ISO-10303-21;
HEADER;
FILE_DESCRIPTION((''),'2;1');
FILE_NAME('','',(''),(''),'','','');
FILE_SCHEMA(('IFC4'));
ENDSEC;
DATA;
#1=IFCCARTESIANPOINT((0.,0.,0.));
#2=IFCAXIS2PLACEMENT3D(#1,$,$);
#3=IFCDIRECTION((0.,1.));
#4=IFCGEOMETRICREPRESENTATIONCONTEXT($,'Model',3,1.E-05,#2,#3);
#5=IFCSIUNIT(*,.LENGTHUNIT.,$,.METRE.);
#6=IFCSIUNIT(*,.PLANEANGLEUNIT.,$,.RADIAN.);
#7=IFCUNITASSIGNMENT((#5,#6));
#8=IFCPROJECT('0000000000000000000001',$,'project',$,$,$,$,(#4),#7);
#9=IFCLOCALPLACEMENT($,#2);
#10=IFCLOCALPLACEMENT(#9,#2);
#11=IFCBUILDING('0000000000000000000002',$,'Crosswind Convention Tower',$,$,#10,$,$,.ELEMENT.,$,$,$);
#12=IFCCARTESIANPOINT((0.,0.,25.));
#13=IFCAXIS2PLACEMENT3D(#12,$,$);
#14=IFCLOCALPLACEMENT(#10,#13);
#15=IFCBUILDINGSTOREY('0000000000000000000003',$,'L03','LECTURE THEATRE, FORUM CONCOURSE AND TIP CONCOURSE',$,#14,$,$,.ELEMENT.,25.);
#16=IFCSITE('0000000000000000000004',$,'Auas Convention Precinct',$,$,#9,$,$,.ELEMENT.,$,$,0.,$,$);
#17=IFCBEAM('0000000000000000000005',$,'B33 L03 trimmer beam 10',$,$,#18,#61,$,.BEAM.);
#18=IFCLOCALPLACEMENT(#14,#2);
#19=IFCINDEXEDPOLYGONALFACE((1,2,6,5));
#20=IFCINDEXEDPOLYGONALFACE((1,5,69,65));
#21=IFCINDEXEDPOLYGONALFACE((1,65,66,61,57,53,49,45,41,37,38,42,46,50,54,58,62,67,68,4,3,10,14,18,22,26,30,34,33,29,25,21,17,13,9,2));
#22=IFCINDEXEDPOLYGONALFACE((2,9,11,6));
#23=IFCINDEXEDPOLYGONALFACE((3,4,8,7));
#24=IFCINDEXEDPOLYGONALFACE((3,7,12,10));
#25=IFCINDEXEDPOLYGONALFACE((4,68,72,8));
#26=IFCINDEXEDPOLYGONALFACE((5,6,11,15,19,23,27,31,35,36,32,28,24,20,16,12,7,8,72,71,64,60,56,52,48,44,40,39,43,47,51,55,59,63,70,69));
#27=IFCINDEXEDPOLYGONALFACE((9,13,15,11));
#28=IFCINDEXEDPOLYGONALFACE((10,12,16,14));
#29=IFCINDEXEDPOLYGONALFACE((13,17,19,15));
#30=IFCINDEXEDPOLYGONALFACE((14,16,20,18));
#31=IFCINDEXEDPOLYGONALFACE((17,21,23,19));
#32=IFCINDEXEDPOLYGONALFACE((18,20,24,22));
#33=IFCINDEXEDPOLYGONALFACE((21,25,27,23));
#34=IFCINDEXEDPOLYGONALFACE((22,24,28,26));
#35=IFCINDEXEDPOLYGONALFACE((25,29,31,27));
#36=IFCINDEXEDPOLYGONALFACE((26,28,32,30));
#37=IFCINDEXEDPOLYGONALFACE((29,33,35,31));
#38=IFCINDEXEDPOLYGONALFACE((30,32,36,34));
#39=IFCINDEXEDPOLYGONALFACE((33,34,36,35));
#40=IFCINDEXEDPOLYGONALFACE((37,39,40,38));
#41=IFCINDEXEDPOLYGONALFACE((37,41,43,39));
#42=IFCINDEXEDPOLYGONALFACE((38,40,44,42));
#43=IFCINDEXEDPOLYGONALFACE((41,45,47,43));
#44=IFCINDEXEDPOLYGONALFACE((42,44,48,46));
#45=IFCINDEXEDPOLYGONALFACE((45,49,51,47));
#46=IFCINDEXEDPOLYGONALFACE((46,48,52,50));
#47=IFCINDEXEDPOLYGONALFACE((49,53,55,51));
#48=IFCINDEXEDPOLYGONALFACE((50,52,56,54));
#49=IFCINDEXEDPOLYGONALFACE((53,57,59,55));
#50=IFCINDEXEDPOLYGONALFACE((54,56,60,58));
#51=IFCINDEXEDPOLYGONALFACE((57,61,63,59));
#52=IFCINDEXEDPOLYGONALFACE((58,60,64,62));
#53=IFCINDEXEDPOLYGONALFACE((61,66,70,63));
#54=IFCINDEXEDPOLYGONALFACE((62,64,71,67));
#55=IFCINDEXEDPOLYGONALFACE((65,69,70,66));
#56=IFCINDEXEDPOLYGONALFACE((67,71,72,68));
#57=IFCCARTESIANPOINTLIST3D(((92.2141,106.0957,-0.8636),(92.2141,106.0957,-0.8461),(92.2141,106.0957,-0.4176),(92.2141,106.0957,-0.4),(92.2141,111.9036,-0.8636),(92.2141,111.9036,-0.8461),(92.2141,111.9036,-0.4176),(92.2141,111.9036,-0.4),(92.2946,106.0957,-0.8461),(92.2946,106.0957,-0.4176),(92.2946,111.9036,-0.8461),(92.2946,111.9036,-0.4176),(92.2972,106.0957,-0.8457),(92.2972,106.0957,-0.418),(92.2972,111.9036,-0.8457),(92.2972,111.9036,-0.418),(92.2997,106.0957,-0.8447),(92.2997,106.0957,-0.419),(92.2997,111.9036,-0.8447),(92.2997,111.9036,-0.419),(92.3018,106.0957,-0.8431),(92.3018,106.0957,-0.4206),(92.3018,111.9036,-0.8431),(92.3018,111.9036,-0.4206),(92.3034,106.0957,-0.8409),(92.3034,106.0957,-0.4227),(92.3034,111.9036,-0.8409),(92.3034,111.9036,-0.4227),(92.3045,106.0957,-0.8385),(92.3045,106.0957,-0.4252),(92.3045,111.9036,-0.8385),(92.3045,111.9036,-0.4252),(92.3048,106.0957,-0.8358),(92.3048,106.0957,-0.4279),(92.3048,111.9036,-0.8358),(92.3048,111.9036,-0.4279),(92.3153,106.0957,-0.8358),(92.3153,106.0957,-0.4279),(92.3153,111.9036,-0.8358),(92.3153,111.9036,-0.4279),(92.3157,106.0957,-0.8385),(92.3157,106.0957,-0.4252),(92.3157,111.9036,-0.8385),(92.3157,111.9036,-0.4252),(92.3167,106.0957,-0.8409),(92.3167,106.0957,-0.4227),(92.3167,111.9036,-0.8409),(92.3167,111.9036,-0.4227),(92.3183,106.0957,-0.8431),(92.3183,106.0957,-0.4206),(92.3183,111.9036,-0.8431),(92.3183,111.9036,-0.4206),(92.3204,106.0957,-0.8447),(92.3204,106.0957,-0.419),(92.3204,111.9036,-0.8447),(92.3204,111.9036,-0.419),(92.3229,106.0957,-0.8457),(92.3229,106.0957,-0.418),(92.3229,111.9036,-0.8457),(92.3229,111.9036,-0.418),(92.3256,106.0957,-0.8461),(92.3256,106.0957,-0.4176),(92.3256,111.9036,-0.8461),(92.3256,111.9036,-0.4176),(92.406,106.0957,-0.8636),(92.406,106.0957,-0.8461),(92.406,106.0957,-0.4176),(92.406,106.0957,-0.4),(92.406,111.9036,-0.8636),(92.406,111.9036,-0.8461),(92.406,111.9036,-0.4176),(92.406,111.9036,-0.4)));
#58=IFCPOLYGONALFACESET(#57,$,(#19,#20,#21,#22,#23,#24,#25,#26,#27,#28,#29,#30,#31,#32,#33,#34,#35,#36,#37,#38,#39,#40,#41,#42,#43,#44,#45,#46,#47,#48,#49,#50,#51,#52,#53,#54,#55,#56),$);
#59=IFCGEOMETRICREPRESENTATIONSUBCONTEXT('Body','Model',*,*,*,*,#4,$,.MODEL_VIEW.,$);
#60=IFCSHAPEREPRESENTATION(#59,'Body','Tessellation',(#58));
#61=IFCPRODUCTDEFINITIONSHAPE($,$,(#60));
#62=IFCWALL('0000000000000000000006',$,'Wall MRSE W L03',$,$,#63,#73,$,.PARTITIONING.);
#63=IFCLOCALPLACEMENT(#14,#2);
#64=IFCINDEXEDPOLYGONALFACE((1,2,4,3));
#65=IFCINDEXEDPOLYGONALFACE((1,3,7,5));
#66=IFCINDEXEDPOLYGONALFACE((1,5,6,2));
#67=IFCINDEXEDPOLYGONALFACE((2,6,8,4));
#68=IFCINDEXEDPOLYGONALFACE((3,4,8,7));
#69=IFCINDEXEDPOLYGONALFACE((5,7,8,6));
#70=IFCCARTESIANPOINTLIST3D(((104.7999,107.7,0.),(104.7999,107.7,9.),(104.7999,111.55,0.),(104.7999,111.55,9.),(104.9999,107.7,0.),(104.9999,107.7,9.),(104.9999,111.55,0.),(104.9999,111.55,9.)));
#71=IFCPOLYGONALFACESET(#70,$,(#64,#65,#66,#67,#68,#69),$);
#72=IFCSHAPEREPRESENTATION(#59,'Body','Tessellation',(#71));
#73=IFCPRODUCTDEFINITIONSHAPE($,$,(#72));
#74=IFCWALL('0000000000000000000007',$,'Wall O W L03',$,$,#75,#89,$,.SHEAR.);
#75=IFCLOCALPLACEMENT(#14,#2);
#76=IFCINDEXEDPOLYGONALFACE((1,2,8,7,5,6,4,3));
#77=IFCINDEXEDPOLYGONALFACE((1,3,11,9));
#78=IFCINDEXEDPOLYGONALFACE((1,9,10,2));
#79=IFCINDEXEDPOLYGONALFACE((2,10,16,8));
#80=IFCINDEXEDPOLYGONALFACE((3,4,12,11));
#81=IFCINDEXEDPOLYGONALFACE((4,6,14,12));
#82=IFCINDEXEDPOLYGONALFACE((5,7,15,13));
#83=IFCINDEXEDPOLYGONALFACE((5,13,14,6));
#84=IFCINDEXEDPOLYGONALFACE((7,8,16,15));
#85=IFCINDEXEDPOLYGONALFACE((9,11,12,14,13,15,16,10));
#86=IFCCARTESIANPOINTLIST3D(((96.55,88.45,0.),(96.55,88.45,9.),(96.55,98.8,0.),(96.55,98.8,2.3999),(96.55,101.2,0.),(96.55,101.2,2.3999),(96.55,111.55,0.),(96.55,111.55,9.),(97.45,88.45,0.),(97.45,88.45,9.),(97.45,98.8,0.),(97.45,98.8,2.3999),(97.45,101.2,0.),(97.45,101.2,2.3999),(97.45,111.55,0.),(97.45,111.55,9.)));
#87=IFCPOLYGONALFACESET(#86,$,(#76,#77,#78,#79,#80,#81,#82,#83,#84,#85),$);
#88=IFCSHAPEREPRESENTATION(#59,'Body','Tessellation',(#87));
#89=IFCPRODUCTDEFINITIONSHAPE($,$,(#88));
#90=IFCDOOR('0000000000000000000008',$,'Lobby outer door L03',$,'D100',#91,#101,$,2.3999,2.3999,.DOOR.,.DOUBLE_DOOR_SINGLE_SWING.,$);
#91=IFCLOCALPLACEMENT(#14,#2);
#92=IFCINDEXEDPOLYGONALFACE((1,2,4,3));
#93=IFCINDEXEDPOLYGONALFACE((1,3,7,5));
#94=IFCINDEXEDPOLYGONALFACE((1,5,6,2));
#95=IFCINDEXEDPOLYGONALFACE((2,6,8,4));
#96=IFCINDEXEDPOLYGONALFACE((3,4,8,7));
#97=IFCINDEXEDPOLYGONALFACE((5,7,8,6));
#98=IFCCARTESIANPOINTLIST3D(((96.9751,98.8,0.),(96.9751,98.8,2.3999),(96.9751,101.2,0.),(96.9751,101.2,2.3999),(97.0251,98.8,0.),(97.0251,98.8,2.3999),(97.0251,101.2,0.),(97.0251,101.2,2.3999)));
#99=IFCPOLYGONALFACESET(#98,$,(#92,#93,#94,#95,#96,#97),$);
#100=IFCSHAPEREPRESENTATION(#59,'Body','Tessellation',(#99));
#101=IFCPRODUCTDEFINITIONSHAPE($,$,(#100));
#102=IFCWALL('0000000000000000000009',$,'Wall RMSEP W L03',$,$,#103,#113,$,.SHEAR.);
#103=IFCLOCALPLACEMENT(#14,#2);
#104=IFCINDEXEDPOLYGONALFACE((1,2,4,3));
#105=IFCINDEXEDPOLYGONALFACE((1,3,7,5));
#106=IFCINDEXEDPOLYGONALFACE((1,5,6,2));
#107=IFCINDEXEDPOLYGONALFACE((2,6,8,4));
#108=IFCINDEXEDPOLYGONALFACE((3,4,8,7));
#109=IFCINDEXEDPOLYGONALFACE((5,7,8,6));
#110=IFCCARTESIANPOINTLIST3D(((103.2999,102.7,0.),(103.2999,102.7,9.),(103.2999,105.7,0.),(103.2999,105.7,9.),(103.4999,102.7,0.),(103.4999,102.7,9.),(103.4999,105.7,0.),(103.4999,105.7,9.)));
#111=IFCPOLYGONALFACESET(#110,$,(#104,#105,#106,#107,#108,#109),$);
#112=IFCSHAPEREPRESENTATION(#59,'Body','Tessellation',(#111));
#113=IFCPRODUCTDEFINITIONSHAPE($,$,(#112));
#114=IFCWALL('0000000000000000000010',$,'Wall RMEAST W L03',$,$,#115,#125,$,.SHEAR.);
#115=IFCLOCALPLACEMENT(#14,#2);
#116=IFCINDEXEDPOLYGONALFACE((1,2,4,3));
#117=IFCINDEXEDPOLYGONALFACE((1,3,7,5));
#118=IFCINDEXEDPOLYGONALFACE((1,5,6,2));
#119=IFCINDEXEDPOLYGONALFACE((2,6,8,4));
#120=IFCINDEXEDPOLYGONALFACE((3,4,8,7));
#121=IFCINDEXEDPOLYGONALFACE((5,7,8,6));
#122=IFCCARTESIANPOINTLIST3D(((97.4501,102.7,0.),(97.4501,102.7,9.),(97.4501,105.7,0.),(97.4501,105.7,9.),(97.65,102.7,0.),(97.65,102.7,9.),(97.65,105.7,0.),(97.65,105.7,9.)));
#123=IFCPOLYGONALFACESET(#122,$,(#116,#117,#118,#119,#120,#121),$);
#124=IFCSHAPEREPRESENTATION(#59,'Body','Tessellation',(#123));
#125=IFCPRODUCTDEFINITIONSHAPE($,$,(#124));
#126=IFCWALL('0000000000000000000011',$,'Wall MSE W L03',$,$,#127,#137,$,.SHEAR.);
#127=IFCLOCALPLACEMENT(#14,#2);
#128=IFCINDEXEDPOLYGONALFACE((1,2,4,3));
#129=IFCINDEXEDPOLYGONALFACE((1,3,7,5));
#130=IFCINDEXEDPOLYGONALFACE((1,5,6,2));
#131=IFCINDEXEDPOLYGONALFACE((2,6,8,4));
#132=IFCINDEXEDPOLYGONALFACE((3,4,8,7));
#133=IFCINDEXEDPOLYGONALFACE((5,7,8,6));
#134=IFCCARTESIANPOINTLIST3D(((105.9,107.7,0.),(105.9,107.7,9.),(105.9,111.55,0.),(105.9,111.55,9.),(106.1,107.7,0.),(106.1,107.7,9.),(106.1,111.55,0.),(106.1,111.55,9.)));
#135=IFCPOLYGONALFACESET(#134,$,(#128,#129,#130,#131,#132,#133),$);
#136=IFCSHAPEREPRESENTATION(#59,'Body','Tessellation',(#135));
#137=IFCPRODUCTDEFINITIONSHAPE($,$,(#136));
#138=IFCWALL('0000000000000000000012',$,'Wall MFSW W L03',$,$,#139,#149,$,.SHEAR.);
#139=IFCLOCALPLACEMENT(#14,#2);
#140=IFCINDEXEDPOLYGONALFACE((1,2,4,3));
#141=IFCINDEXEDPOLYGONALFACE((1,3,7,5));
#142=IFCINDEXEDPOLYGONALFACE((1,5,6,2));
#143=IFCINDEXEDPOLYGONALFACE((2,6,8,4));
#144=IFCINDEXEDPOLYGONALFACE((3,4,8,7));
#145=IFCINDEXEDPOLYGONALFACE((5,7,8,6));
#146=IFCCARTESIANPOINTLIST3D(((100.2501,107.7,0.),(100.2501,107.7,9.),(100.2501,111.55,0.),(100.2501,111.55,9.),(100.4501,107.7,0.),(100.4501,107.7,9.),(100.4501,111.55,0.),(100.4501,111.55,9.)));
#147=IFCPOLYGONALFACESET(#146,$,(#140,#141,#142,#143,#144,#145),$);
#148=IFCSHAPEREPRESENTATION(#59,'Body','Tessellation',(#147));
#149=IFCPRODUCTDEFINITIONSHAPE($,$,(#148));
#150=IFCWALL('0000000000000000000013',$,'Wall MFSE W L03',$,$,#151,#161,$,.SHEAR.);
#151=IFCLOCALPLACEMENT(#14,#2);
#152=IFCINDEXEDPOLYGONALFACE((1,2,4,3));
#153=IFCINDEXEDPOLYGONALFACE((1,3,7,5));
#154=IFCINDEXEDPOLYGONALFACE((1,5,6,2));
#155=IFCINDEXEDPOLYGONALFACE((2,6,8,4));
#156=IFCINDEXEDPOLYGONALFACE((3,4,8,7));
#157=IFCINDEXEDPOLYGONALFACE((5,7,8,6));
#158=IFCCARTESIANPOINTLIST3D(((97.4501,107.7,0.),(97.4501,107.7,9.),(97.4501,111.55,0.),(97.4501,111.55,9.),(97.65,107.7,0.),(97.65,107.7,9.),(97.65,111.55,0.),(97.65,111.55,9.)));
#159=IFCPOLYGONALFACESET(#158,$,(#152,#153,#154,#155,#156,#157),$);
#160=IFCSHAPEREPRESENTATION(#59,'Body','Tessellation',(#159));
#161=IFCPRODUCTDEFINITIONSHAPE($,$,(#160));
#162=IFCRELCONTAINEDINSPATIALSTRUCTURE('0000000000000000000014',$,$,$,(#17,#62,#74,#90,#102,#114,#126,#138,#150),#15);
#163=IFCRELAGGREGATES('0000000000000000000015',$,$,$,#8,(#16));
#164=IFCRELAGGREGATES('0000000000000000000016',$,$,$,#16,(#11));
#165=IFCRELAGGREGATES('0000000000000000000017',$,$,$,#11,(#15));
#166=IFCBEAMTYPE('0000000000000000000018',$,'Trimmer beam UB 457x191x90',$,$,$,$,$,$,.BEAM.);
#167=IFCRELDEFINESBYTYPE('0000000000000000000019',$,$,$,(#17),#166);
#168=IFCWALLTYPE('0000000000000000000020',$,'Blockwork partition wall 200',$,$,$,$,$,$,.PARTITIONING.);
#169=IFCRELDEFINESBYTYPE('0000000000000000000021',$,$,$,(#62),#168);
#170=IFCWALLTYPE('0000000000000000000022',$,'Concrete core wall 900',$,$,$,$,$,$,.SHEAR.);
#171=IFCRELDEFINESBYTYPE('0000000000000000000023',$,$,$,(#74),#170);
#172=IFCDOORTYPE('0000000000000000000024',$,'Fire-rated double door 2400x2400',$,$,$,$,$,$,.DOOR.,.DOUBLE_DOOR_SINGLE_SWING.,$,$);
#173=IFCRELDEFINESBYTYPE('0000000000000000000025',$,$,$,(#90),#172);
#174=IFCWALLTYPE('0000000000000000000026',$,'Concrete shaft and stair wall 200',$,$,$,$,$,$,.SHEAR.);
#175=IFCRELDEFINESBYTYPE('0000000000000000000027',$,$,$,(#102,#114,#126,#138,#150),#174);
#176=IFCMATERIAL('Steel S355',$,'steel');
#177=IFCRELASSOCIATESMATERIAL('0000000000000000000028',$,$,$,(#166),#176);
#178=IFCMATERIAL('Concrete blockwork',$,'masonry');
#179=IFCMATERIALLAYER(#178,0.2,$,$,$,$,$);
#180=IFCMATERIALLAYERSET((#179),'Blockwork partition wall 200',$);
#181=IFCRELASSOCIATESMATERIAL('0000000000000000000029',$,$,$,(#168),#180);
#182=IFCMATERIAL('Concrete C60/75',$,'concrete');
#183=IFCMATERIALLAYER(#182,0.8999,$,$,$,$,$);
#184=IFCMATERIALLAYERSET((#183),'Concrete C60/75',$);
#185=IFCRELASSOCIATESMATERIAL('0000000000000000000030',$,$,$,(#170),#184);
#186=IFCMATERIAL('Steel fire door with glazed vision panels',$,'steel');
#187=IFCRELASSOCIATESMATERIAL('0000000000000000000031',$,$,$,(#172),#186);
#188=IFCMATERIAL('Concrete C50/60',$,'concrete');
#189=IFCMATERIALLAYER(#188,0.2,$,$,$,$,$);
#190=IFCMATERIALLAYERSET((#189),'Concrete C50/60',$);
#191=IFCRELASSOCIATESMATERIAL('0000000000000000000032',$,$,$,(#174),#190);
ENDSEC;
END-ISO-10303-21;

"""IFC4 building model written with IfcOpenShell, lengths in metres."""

from ifc_helpers import new_model, si_unit, direction, frame, frame_2d, origin, origin_2d, place, context, subcontext, project, spatial, rectangle, i_section, extrude, material, layer, layer_set, material_profile, profile_set, type_object, element, fill, save


model = new_model("IFC4")

# Units and contexts
model_context = context("Model", 3, precision=1e-05, world=origin(), true_north=direction((0.0, 1.0)))
body_context = subcontext(model_context, "Body", "Model", "MODEL_VIEW")
ifc_project = project(units=[si_unit("LENGTHUNIT", "METRE"), si_unit("PLANEANGLEUNIT", "RADIAN")], contexts=[model_context])

# Site, building, storey
site_placement = place(None, origin())
site = spatial("IfcSite", under=ifc_project, at=site_placement, Name="Auas Convention Precinct", CompositionType="ELEMENT", RefElevation=0.0)
building_placement = place(site_placement, origin())
building = spatial("IfcBuilding", under=site, at=building_placement, Name="Crosswind Convention Tower", CompositionType="ELEMENT")
storey_placement = place(building_placement, frame((0.0, 0.0, 25.0)))
storey = spatial("IfcBuildingStorey", under=building, at=storey_placement, Name="L03", Description="LECTURE THEATRE, FORUM CONCOURSE AND TIP CONCOURSE", CompositionType="ELEMENT", Elevation=25.0)

# Beam
ifc_material_1 = material(Name="Steel S355", Category="steel")
ifc_material_profile_1 = material_profile(ifc_material_1, i_section(OverallWidth=0.1919, OverallDepth=0.4636, WebThickness=0.0105, FlangeThickness=0.0176, FilletRadius=0.0103, at=origin_2d()), Name="UB 457x191x90")
ifc_profile_set_1 = profile_set([ifc_material_profile_1], Name="Steel S355")
beam_type_1 = type_object("IfcBeamType", Name="Trimmer beam UB 457x191x90", PredefinedType="BEAM", material=ifc_profile_set_1)
beam_1_placement = place(storey_placement, frame((92.3101, 106.0957, -0.6318), z_axis=(0.0, 1.0, 0.0), x_axis=(-1.0, 0.0, 0.0)))
element("IfcBeam", 1, at=beam_1_placement, inside=storey, type_object=beam_type_1, Name="B33 L03 trimmer beam 10", PredefinedType="BEAM", context=body_context, shape_type="SweptSolid", body=[
    extrude(i_section(OverallWidth=0.1919, OverallDepth=0.4636, WebThickness=0.0105, FlangeThickness=0.0176, FilletRadius=0.0103, at=origin_2d()), origin(), (0.0, 0.0, 1.0), 5.8079),
])

# Wall
ifc_material_2 = material(Name="Concrete blockwork", Category="masonry")
ifc_layer_1 = layer(ifc_material_2, 0.2)
ifc_layer_set_1 = layer_set([ifc_layer_1], Name="Blockwork partition wall 200")
wall_type_1 = type_object("IfcWallType", Name="Blockwork partition wall 200", PredefinedType="PARTITIONING", material=ifc_layer_set_1)
wall_1_placement = place(storey_placement, frame((104.8999, 111.55, 0.0), z_axis=(0.0, 0.0, 1.0), x_axis=(0.0, -1.0, 0.0)))
element("IfcWall", 2, at=wall_1_placement, inside=storey, type_object=wall_type_1, Name="Wall MRSE W L03", PredefinedType="PARTITIONING", context=body_context, shape_type="SweptSolid", body=[
    extrude(rectangle(XDim=3.8501, YDim=0.2, at=frame_2d((1.925, 0.0))), origin(), (0.0, 0.0, 1.0), 9.0),
])

# Wall, opening, door
ifc_material_3 = material(Name="Concrete C60/75", Category="concrete")
ifc_layer_2 = layer(ifc_material_3, 0.8999)
ifc_layer_set_2 = layer_set([ifc_layer_2], Name="Concrete C60/75")
wall_type_2 = type_object("IfcWallType", Name="Concrete core wall 900", PredefinedType="SHEAR", material=ifc_layer_set_2)
wall_2_placement = place(storey_placement, frame((97.0, 111.55, 0.0), z_axis=(0.0, 0.0, 1.0), x_axis=(0.0, -1.0, 0.0)))
wall_2 = element("IfcWall", 3, at=wall_2_placement, inside=storey, type_object=wall_type_2, Name="Wall O W L03", PredefinedType="SHEAR", context=body_context, shape_type="SweptSolid", body=[
    extrude(rectangle(XDim=23.1001, YDim=0.8999, at=frame_2d((11.55, 0.0))), origin(), (0.0, 0.0, 1.0), 9.0),
])
opening_1_placement = place(wall_2_placement, frame((10.3501, 0.0, 0.0)))
opening_1 = element("IfcOpeningElement", 4, at=opening_1_placement, cuts=wall_2, PredefinedType="OPENING", context=body_context, shape_type="SweptSolid", body=[
    extrude(rectangle(XDim=2.3999, YDim=2.3999, at=frame_2d((1.2, 1.2))), frame((0.0, 0.46, 0.0), z_axis=(0.0, -1.0, 0.0), x_axis=(1.0, 0.0, 0.0)), (0.0, 0.0, 1.0), 0.9199),
])
ifc_material_4 = material(Name="Steel fire door with glazed vision panels", Category="steel")
door_type_1 = type_object("IfcDoorType", Name="Fire-rated double door 2400x2400", OperationType="DOUBLE_DOOR_SINGLE_SWING", PredefinedType="DOOR", material=ifc_material_4)
door_1_placement = place(opening_1_placement, frame((2.3999, 0.0, 0.0), z_axis=(0.0, 0.0, 1.0), x_axis=(-1.0, 0.0, 0.0)))
door_1 = element("IfcDoor", 5, at=door_1_placement, inside=storey, type_object=door_type_1, Name="Lobby outer door L03", ObjectType="D100", OperationType="DOUBLE_DOOR_SINGLE_SWING", OverallHeight=2.3999, OverallWidth=2.3999, PredefinedType="DOOR", context=body_context, shape_type="SweptSolid", body=[
    extrude(rectangle(XDim=2.3999, YDim=2.3999, at=frame_2d((1.2, 1.2))), frame((0.0, 0.0249, 0.0), z_axis=(0.0, -1.0, 0.0), x_axis=(1.0, 0.0, 0.0)), (0.0, 0.0, 1.0), 0.05),
])
fill(opening_1, door_1)

# Walls
ifc_material_5 = material(Name="Concrete C50/60", Category="concrete")
ifc_layer_3 = layer(ifc_material_5, 0.2)
ifc_layer_set_3 = layer_set([ifc_layer_3], Name="Concrete C50/60")
wall_type_3 = type_object("IfcWallType", Name="Concrete shaft and stair wall 200", PredefinedType="SHEAR", material=ifc_layer_set_3)
for number, where, z_axis, x_axis, name in (
    (6, (103.3999, 105.7, 0.0), (0.0, 0.0, 1.0), (0.0, -1.0, 0.0), "Wall RMSEP W L03"),
    (7, (97.55, 105.7, 0.0), (0.0, 0.0, 1.0), (0.0, -1.0, 0.0), "Wall RMEAST W L03"),
):
    element("IfcWall", number, at=place(storey_placement, frame(where, z_axis=z_axis, x_axis=x_axis)), inside=storey, type_object=wall_type_3, Name=name, PredefinedType="SHEAR", context=body_context, shape_type="SweptSolid", body=[
        extrude(rectangle(XDim=3.0, YDim=0.2, at=frame_2d((1.5, 0.0))), origin(), (0.0, 0.0, 1.0), 9.0),
    ])
for number, where, z_axis, x_axis, name in (
    (8, (106.0, 111.55, 0.0), (0.0, 0.0, 1.0), (0.0, -1.0, 0.0), "Wall MSE W L03"),
    (9, (100.3501, 111.55, 0.0), (0.0, 0.0, 1.0), (0.0, -1.0, 0.0), "Wall MFSW W L03"),
    (10, (97.55, 111.55, 0.0), (0.0, 0.0, 1.0), (0.0, -1.0, 0.0), "Wall MFSE W L03"),
):
    element("IfcWall", number, at=place(storey_placement, frame(where, z_axis=z_axis, x_axis=x_axis)), inside=storey, type_object=wall_type_3, Name=name, PredefinedType="SHEAR", context=body_context, shape_type="SweptSolid", body=[
        extrude(rectangle(XDim=3.8501, YDim=0.2, at=frame_2d((1.925, 0.0))), origin(), (0.0, 0.0, 1.0), 9.0),
    ])

save(model, "model.ifc")
